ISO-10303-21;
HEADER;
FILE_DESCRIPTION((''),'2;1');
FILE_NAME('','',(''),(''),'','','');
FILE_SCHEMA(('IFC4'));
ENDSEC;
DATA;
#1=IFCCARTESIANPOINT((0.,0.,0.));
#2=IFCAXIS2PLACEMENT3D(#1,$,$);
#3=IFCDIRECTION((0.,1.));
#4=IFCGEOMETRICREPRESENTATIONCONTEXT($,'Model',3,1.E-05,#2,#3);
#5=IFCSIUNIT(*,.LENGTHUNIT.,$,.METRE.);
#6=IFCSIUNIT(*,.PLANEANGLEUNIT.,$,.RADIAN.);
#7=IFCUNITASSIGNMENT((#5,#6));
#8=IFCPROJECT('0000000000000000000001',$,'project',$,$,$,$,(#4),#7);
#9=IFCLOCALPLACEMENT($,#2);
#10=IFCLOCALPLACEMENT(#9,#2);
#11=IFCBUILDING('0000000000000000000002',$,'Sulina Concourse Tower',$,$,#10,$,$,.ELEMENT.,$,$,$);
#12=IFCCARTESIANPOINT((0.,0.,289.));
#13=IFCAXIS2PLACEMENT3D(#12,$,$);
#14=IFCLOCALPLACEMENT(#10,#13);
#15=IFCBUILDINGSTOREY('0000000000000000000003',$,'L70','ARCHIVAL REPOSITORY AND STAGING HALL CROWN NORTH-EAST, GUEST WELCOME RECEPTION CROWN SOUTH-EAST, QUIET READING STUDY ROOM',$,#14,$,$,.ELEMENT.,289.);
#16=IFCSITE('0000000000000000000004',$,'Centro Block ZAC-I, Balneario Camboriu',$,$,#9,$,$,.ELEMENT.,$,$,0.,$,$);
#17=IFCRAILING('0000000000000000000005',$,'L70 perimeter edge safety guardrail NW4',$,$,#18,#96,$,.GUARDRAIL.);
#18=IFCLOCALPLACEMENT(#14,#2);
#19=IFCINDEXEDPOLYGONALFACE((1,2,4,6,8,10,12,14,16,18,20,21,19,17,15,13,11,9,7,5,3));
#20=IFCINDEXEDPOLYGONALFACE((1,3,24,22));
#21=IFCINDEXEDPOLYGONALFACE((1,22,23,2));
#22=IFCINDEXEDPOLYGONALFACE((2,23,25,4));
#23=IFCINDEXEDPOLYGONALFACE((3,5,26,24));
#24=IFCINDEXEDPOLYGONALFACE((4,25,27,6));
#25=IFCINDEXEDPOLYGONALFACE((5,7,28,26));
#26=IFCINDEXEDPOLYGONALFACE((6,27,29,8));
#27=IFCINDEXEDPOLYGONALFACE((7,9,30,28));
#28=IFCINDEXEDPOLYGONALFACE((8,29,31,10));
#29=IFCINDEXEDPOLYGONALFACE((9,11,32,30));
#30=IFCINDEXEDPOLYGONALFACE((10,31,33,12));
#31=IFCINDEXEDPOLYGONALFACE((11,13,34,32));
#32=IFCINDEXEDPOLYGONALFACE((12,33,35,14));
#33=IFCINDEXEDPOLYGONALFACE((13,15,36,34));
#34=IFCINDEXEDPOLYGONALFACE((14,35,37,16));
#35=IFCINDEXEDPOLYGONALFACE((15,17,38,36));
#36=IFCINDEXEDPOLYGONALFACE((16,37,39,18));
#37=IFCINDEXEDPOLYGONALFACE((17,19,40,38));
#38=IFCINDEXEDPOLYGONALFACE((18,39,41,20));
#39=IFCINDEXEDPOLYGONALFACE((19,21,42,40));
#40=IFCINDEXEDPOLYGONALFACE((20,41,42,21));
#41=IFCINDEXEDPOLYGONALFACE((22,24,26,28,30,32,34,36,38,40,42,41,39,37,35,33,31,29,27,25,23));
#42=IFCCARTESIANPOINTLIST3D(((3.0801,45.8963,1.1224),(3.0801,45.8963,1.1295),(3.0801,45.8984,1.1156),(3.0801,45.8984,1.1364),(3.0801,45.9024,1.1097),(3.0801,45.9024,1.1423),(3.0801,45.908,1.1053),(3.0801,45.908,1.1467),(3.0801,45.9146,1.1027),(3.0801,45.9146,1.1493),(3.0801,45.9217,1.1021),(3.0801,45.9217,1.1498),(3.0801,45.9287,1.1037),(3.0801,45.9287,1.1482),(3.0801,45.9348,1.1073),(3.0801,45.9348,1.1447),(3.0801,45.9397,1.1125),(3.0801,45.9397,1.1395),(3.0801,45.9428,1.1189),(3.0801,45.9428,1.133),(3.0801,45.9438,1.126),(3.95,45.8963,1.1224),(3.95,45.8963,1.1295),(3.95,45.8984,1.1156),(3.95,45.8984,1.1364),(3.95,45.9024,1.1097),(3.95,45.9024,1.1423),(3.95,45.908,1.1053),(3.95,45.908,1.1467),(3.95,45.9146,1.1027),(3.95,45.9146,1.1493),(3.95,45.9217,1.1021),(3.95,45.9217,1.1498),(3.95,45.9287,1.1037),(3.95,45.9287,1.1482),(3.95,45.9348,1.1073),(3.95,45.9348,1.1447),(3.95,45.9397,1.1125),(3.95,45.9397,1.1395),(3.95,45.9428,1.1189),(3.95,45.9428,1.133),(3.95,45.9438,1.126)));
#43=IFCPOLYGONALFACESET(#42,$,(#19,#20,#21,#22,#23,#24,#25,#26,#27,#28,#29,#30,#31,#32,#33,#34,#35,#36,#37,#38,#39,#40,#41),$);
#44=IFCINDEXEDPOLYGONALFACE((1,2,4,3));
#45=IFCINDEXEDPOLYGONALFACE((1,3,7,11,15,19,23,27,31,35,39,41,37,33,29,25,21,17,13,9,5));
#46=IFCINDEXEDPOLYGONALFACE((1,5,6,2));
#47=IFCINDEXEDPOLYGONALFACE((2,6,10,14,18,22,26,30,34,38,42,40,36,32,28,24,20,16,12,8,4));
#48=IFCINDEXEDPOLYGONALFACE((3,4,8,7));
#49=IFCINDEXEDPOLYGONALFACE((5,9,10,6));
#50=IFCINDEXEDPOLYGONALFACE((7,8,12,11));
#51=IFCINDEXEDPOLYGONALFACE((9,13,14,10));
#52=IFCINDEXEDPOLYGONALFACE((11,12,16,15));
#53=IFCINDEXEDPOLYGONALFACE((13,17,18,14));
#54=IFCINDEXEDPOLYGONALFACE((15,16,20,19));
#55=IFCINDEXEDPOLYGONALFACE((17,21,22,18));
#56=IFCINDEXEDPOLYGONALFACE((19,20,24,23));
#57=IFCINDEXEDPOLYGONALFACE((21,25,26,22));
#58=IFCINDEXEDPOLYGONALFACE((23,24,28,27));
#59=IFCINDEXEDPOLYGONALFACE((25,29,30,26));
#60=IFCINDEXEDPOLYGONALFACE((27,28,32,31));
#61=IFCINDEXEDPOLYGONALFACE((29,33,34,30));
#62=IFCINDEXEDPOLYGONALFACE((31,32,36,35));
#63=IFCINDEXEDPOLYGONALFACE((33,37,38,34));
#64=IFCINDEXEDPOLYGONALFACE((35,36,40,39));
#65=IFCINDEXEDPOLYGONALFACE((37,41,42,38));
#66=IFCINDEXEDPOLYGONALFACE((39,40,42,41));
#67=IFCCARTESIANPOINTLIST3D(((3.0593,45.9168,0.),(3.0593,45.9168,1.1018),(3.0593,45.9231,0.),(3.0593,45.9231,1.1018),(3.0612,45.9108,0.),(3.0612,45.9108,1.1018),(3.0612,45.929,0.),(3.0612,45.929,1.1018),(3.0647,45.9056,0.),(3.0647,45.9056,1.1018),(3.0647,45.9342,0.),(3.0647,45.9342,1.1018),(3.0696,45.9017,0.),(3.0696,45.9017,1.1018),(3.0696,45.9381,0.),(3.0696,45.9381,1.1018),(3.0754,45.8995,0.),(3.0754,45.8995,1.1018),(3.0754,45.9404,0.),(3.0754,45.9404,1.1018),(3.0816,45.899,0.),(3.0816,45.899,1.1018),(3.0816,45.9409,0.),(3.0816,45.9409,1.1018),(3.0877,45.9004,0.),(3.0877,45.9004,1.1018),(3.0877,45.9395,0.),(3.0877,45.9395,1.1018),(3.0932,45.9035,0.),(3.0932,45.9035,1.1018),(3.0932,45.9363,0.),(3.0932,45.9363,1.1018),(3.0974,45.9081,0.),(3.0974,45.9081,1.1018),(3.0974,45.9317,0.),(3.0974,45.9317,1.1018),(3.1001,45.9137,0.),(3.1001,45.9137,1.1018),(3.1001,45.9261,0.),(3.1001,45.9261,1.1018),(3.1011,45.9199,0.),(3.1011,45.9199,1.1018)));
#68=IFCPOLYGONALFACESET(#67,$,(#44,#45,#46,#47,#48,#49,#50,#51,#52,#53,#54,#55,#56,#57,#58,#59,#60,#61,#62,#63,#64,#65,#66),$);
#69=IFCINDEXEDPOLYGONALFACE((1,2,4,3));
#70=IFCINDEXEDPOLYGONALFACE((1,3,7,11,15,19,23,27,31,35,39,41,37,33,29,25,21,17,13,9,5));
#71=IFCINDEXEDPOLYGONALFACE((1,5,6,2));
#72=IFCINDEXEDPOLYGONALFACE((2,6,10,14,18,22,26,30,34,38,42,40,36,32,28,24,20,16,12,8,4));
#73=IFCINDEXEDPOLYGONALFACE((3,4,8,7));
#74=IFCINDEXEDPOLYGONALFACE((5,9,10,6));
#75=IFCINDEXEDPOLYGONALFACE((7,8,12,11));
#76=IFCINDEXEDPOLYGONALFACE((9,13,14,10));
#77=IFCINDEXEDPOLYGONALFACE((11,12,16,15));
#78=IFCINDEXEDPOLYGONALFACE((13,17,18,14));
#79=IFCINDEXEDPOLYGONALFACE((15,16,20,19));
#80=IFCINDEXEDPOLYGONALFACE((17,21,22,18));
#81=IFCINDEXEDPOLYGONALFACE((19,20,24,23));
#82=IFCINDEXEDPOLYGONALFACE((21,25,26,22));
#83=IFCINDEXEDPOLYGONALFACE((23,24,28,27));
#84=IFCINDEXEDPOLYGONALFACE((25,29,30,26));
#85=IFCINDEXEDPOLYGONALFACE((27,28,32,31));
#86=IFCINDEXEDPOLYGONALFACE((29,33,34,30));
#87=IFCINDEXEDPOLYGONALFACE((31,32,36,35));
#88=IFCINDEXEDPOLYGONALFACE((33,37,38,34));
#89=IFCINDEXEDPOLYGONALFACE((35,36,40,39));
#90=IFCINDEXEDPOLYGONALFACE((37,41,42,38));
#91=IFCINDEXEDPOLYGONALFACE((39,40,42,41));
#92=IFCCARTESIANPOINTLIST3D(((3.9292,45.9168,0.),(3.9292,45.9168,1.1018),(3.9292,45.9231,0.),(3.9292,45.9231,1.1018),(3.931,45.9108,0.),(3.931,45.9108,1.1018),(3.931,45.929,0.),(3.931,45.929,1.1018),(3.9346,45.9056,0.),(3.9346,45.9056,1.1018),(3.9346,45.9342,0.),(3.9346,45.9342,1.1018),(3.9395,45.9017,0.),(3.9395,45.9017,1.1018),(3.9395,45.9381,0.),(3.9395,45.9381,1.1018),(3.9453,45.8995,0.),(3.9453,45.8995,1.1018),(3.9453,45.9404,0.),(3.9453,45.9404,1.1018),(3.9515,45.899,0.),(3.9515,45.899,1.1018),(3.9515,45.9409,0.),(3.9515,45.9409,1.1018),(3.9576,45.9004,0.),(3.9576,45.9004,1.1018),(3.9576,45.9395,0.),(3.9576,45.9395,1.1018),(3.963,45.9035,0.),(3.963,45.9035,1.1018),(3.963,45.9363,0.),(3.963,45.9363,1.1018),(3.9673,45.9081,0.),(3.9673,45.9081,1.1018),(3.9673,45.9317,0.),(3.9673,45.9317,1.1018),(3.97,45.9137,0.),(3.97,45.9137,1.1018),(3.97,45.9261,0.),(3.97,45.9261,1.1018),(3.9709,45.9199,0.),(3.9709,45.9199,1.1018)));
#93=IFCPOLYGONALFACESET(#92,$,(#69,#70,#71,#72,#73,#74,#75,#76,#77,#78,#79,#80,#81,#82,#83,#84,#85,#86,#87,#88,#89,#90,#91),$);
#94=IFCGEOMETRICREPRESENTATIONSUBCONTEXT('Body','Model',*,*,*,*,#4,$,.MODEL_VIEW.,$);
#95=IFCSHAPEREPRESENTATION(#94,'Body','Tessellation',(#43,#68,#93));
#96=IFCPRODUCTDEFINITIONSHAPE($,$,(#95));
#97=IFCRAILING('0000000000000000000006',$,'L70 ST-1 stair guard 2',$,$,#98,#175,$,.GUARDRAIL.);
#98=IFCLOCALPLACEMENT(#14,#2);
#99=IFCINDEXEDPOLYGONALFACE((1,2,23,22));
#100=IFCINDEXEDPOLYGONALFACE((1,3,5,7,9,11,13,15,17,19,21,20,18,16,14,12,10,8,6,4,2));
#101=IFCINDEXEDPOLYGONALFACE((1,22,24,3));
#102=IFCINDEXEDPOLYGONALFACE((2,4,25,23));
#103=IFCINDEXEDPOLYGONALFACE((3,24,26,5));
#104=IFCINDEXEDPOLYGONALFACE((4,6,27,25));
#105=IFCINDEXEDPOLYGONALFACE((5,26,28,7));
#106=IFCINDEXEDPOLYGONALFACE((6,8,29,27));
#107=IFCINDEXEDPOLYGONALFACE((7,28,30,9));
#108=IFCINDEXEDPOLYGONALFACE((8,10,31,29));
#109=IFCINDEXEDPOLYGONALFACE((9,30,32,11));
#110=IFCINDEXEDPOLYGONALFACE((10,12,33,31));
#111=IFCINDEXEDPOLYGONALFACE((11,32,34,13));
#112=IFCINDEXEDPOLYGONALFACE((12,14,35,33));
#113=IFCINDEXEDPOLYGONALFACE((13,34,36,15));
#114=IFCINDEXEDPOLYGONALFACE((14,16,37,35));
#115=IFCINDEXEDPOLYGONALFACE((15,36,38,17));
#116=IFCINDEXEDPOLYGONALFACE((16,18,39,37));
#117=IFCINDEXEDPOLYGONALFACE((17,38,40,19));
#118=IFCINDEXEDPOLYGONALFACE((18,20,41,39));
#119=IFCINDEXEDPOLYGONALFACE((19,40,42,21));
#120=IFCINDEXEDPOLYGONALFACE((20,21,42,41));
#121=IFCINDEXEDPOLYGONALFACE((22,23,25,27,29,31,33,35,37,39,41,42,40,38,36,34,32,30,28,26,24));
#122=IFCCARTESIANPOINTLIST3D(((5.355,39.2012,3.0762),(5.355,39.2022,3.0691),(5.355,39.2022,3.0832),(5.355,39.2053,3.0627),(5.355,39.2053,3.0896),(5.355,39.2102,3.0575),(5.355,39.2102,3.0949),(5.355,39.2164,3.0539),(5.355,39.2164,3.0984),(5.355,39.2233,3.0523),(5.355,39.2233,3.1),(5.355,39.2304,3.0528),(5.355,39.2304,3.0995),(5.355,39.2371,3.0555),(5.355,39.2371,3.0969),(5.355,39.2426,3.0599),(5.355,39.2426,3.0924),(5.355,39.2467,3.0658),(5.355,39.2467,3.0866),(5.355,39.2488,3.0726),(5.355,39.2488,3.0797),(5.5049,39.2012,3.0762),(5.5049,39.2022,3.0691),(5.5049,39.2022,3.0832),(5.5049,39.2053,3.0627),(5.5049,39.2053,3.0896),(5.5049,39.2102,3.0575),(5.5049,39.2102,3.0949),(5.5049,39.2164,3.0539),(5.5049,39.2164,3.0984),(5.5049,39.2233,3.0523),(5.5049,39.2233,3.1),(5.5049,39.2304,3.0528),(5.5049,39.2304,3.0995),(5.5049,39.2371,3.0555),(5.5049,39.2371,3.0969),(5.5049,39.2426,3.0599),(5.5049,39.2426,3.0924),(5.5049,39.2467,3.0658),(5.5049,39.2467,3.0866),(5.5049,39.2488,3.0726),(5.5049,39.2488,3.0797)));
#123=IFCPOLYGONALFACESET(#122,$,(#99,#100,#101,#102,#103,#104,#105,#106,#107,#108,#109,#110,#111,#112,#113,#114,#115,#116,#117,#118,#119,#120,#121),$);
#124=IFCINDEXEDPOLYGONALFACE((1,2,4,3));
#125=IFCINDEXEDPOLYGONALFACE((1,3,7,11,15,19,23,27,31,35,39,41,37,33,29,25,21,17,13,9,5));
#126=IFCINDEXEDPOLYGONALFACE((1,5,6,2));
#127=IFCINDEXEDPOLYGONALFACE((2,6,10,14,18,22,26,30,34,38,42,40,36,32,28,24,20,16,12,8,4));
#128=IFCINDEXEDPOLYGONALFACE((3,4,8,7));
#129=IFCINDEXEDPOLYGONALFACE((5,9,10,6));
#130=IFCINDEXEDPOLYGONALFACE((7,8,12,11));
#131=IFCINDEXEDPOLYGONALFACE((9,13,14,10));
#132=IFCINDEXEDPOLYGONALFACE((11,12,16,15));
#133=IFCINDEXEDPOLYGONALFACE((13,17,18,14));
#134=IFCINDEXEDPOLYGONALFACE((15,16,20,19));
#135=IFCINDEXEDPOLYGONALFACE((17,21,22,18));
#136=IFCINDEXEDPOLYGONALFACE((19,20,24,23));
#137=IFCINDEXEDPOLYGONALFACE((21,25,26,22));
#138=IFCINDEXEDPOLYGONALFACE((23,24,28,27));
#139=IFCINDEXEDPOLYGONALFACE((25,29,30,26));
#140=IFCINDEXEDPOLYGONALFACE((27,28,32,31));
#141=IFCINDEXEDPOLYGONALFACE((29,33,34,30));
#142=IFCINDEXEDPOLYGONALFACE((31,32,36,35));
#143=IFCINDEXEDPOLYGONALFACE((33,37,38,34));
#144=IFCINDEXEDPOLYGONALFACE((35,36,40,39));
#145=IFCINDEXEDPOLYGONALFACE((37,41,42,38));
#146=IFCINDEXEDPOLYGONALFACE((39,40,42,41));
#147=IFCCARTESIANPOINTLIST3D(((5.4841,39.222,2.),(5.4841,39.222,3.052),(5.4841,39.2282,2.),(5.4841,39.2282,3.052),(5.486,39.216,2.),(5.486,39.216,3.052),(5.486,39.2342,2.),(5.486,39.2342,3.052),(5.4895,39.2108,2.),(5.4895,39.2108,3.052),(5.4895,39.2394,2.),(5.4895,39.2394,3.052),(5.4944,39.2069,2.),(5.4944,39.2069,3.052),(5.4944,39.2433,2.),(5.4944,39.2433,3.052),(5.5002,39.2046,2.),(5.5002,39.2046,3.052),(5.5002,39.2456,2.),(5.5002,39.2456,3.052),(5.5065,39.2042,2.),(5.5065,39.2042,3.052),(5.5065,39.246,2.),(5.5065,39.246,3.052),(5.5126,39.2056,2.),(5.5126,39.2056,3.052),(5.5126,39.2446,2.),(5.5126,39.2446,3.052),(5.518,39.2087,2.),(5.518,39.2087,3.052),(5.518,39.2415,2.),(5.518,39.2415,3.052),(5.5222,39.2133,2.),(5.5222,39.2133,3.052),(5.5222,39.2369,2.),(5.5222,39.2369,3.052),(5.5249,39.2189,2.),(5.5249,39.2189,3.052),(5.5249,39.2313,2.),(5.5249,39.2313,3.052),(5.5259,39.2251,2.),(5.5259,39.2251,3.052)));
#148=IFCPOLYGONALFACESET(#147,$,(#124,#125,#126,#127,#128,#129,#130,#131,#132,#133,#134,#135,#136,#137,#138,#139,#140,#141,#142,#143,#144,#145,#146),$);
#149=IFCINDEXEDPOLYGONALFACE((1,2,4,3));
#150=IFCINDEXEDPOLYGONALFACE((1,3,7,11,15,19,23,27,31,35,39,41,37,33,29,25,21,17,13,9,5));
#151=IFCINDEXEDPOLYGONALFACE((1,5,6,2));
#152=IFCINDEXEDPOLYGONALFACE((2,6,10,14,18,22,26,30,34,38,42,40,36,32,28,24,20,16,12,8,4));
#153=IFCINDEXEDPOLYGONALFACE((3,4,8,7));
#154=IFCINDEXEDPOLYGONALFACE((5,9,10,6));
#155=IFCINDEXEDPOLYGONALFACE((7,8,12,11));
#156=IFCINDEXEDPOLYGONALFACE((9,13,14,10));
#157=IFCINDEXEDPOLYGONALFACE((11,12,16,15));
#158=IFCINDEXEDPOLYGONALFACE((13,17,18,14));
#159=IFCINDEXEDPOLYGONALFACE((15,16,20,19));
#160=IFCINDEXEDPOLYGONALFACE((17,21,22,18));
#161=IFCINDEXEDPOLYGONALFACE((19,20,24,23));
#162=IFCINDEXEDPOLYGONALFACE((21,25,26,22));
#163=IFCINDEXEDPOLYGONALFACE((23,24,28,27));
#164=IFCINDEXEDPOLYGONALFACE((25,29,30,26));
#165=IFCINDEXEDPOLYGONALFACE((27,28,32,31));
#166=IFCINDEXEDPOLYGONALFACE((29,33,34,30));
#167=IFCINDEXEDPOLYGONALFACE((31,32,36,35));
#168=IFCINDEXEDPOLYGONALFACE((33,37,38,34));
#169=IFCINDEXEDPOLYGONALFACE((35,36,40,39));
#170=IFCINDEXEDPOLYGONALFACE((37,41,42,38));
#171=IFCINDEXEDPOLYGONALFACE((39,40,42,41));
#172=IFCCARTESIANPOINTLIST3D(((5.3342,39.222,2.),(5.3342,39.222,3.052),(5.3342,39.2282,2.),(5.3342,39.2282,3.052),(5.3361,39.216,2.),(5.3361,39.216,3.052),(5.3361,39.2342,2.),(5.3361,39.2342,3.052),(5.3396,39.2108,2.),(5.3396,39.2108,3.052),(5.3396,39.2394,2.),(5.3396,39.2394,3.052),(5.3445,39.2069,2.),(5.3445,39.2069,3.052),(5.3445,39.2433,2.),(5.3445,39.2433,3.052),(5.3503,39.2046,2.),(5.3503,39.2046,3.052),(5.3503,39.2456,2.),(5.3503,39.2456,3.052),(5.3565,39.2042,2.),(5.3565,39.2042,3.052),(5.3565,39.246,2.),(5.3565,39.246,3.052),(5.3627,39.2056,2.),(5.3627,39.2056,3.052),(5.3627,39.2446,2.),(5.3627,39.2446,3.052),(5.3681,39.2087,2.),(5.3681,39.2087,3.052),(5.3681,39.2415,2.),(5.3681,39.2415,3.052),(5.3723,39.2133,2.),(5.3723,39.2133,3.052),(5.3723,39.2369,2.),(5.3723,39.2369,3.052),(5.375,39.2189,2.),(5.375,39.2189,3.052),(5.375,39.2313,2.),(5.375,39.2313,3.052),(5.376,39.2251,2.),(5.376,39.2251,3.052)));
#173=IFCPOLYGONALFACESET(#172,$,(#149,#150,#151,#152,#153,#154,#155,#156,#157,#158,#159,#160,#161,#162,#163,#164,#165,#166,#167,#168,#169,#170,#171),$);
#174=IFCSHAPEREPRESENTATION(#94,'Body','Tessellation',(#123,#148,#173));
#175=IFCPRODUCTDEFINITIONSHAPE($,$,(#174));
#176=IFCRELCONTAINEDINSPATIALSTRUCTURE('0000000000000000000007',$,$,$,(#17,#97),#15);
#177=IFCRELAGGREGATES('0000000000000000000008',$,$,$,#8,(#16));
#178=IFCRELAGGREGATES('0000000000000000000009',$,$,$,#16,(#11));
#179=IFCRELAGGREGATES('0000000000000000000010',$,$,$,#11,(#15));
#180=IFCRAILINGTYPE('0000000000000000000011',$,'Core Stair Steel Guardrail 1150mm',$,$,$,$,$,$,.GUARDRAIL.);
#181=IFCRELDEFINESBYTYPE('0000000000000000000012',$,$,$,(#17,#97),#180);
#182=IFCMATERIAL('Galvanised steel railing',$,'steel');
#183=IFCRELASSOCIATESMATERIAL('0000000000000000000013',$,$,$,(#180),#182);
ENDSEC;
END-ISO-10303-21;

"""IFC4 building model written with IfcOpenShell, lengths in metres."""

from ifc_helpers import new_model, si_unit, direction, frame, origin, origin_2d, place, context, subcontext, project, spatial, circle, extrude, material, type_object, element, save


model = new_model("IFC4")

# Units and contexts
model_context = context("Model", 3, precision=1e-05, world=origin(), true_north=direction((0.0, 1.0)))
body_context = subcontext(model_context, "Body", "Model", "MODEL_VIEW")
ifc_project = project(units=[si_unit("LENGTHUNIT", "METRE"), si_unit("PLANEANGLEUNIT", "RADIAN")], contexts=[model_context])

# Site, building, storey
site_placement = place(None, origin())
site = spatial("IfcSite", under=ifc_project, at=site_placement, Name="Centro Block ZAC-I, Balneario Camboriu", CompositionType="ELEMENT", RefElevation=0.0)
building_placement = place(site_placement, origin())
building = spatial("IfcBuilding", under=site, at=building_placement, Name="Sulina Concourse Tower", CompositionType="ELEMENT")
storey_placement = place(building_placement, frame((0.0, 0.0, 289.0)))
storey = spatial("IfcBuildingStorey", under=building, at=storey_placement, Name="L70", Description="ARCHIVAL REPOSITORY AND STAGING HALL CROWN NORTH-EAST, GUEST WELCOME RECEPTION CROWN SOUTH-EAST, QUIET READING STUDY ROOM", CompositionType="ELEMENT", Elevation=289.0)

# Railings
ifc_material_1 = material(Name="Galvanised steel railing", Category="steel")
railing_type_1 = type_object("IfcRailingType", Name="Core Stair Steel Guardrail 1150mm", PredefinedType="GUARDRAIL", material=ifc_material_1)
railing_1_placement = place(storey_placement, frame((3.0801, 45.9199, 0.0)))
element("IfcRailing", 1, at=railing_1_placement, inside=storey, type_object=railing_type_1, Name="L70 perimeter edge safety guardrail NW4", PredefinedType="GUARDRAIL", context=body_context, shape_type="SweptSolid", body=[
    extrude(circle(Radius=0.0239, at=origin_2d()), frame((0.0, 0.0, 1.126), z_axis=(1.0, 0.0, 0.0), x_axis=(0.0, 1.0, 0.0)), (0.0, 0.0, 1.0), 0.8699),
    extrude(circle(Radius=0.021, at=origin_2d()), origin(), (0.0, 0.0, 1.0), 1.1018),
    extrude(circle(Radius=0.021, at=origin_2d()), frame((0.8699, 0.0, 0.0)), (0.0, 0.0, 1.0), 1.1018),
])
railing_2_placement = place(storey_placement, frame((5.5049, 39.2251, 2.0)))
element("IfcRailing", 2, at=railing_2_placement, inside=storey, type_object=railing_type_1, Name="L70 ST-1 stair guard 2", PredefinedType="GUARDRAIL", context=body_context, shape_type="SweptSolid", body=[
    extrude(circle(Radius=0.0239, at=origin_2d()), frame((0.0, 0.0, 1.0762), z_axis=(-1.0, 0.0, 0.0), x_axis=(0.0, -1.0, 0.0)), (0.0, 0.0, 1.0), 0.1499),
    extrude(circle(Radius=0.021, at=origin_2d()), origin(), (0.0, 0.0, 1.0), 1.052),
    extrude(circle(Radius=0.021, at=origin_2d()), frame((-0.1499, 0.0, 0.0)), (0.0, 0.0, 1.0), 1.052),
])

save(model, "model.ifc")
